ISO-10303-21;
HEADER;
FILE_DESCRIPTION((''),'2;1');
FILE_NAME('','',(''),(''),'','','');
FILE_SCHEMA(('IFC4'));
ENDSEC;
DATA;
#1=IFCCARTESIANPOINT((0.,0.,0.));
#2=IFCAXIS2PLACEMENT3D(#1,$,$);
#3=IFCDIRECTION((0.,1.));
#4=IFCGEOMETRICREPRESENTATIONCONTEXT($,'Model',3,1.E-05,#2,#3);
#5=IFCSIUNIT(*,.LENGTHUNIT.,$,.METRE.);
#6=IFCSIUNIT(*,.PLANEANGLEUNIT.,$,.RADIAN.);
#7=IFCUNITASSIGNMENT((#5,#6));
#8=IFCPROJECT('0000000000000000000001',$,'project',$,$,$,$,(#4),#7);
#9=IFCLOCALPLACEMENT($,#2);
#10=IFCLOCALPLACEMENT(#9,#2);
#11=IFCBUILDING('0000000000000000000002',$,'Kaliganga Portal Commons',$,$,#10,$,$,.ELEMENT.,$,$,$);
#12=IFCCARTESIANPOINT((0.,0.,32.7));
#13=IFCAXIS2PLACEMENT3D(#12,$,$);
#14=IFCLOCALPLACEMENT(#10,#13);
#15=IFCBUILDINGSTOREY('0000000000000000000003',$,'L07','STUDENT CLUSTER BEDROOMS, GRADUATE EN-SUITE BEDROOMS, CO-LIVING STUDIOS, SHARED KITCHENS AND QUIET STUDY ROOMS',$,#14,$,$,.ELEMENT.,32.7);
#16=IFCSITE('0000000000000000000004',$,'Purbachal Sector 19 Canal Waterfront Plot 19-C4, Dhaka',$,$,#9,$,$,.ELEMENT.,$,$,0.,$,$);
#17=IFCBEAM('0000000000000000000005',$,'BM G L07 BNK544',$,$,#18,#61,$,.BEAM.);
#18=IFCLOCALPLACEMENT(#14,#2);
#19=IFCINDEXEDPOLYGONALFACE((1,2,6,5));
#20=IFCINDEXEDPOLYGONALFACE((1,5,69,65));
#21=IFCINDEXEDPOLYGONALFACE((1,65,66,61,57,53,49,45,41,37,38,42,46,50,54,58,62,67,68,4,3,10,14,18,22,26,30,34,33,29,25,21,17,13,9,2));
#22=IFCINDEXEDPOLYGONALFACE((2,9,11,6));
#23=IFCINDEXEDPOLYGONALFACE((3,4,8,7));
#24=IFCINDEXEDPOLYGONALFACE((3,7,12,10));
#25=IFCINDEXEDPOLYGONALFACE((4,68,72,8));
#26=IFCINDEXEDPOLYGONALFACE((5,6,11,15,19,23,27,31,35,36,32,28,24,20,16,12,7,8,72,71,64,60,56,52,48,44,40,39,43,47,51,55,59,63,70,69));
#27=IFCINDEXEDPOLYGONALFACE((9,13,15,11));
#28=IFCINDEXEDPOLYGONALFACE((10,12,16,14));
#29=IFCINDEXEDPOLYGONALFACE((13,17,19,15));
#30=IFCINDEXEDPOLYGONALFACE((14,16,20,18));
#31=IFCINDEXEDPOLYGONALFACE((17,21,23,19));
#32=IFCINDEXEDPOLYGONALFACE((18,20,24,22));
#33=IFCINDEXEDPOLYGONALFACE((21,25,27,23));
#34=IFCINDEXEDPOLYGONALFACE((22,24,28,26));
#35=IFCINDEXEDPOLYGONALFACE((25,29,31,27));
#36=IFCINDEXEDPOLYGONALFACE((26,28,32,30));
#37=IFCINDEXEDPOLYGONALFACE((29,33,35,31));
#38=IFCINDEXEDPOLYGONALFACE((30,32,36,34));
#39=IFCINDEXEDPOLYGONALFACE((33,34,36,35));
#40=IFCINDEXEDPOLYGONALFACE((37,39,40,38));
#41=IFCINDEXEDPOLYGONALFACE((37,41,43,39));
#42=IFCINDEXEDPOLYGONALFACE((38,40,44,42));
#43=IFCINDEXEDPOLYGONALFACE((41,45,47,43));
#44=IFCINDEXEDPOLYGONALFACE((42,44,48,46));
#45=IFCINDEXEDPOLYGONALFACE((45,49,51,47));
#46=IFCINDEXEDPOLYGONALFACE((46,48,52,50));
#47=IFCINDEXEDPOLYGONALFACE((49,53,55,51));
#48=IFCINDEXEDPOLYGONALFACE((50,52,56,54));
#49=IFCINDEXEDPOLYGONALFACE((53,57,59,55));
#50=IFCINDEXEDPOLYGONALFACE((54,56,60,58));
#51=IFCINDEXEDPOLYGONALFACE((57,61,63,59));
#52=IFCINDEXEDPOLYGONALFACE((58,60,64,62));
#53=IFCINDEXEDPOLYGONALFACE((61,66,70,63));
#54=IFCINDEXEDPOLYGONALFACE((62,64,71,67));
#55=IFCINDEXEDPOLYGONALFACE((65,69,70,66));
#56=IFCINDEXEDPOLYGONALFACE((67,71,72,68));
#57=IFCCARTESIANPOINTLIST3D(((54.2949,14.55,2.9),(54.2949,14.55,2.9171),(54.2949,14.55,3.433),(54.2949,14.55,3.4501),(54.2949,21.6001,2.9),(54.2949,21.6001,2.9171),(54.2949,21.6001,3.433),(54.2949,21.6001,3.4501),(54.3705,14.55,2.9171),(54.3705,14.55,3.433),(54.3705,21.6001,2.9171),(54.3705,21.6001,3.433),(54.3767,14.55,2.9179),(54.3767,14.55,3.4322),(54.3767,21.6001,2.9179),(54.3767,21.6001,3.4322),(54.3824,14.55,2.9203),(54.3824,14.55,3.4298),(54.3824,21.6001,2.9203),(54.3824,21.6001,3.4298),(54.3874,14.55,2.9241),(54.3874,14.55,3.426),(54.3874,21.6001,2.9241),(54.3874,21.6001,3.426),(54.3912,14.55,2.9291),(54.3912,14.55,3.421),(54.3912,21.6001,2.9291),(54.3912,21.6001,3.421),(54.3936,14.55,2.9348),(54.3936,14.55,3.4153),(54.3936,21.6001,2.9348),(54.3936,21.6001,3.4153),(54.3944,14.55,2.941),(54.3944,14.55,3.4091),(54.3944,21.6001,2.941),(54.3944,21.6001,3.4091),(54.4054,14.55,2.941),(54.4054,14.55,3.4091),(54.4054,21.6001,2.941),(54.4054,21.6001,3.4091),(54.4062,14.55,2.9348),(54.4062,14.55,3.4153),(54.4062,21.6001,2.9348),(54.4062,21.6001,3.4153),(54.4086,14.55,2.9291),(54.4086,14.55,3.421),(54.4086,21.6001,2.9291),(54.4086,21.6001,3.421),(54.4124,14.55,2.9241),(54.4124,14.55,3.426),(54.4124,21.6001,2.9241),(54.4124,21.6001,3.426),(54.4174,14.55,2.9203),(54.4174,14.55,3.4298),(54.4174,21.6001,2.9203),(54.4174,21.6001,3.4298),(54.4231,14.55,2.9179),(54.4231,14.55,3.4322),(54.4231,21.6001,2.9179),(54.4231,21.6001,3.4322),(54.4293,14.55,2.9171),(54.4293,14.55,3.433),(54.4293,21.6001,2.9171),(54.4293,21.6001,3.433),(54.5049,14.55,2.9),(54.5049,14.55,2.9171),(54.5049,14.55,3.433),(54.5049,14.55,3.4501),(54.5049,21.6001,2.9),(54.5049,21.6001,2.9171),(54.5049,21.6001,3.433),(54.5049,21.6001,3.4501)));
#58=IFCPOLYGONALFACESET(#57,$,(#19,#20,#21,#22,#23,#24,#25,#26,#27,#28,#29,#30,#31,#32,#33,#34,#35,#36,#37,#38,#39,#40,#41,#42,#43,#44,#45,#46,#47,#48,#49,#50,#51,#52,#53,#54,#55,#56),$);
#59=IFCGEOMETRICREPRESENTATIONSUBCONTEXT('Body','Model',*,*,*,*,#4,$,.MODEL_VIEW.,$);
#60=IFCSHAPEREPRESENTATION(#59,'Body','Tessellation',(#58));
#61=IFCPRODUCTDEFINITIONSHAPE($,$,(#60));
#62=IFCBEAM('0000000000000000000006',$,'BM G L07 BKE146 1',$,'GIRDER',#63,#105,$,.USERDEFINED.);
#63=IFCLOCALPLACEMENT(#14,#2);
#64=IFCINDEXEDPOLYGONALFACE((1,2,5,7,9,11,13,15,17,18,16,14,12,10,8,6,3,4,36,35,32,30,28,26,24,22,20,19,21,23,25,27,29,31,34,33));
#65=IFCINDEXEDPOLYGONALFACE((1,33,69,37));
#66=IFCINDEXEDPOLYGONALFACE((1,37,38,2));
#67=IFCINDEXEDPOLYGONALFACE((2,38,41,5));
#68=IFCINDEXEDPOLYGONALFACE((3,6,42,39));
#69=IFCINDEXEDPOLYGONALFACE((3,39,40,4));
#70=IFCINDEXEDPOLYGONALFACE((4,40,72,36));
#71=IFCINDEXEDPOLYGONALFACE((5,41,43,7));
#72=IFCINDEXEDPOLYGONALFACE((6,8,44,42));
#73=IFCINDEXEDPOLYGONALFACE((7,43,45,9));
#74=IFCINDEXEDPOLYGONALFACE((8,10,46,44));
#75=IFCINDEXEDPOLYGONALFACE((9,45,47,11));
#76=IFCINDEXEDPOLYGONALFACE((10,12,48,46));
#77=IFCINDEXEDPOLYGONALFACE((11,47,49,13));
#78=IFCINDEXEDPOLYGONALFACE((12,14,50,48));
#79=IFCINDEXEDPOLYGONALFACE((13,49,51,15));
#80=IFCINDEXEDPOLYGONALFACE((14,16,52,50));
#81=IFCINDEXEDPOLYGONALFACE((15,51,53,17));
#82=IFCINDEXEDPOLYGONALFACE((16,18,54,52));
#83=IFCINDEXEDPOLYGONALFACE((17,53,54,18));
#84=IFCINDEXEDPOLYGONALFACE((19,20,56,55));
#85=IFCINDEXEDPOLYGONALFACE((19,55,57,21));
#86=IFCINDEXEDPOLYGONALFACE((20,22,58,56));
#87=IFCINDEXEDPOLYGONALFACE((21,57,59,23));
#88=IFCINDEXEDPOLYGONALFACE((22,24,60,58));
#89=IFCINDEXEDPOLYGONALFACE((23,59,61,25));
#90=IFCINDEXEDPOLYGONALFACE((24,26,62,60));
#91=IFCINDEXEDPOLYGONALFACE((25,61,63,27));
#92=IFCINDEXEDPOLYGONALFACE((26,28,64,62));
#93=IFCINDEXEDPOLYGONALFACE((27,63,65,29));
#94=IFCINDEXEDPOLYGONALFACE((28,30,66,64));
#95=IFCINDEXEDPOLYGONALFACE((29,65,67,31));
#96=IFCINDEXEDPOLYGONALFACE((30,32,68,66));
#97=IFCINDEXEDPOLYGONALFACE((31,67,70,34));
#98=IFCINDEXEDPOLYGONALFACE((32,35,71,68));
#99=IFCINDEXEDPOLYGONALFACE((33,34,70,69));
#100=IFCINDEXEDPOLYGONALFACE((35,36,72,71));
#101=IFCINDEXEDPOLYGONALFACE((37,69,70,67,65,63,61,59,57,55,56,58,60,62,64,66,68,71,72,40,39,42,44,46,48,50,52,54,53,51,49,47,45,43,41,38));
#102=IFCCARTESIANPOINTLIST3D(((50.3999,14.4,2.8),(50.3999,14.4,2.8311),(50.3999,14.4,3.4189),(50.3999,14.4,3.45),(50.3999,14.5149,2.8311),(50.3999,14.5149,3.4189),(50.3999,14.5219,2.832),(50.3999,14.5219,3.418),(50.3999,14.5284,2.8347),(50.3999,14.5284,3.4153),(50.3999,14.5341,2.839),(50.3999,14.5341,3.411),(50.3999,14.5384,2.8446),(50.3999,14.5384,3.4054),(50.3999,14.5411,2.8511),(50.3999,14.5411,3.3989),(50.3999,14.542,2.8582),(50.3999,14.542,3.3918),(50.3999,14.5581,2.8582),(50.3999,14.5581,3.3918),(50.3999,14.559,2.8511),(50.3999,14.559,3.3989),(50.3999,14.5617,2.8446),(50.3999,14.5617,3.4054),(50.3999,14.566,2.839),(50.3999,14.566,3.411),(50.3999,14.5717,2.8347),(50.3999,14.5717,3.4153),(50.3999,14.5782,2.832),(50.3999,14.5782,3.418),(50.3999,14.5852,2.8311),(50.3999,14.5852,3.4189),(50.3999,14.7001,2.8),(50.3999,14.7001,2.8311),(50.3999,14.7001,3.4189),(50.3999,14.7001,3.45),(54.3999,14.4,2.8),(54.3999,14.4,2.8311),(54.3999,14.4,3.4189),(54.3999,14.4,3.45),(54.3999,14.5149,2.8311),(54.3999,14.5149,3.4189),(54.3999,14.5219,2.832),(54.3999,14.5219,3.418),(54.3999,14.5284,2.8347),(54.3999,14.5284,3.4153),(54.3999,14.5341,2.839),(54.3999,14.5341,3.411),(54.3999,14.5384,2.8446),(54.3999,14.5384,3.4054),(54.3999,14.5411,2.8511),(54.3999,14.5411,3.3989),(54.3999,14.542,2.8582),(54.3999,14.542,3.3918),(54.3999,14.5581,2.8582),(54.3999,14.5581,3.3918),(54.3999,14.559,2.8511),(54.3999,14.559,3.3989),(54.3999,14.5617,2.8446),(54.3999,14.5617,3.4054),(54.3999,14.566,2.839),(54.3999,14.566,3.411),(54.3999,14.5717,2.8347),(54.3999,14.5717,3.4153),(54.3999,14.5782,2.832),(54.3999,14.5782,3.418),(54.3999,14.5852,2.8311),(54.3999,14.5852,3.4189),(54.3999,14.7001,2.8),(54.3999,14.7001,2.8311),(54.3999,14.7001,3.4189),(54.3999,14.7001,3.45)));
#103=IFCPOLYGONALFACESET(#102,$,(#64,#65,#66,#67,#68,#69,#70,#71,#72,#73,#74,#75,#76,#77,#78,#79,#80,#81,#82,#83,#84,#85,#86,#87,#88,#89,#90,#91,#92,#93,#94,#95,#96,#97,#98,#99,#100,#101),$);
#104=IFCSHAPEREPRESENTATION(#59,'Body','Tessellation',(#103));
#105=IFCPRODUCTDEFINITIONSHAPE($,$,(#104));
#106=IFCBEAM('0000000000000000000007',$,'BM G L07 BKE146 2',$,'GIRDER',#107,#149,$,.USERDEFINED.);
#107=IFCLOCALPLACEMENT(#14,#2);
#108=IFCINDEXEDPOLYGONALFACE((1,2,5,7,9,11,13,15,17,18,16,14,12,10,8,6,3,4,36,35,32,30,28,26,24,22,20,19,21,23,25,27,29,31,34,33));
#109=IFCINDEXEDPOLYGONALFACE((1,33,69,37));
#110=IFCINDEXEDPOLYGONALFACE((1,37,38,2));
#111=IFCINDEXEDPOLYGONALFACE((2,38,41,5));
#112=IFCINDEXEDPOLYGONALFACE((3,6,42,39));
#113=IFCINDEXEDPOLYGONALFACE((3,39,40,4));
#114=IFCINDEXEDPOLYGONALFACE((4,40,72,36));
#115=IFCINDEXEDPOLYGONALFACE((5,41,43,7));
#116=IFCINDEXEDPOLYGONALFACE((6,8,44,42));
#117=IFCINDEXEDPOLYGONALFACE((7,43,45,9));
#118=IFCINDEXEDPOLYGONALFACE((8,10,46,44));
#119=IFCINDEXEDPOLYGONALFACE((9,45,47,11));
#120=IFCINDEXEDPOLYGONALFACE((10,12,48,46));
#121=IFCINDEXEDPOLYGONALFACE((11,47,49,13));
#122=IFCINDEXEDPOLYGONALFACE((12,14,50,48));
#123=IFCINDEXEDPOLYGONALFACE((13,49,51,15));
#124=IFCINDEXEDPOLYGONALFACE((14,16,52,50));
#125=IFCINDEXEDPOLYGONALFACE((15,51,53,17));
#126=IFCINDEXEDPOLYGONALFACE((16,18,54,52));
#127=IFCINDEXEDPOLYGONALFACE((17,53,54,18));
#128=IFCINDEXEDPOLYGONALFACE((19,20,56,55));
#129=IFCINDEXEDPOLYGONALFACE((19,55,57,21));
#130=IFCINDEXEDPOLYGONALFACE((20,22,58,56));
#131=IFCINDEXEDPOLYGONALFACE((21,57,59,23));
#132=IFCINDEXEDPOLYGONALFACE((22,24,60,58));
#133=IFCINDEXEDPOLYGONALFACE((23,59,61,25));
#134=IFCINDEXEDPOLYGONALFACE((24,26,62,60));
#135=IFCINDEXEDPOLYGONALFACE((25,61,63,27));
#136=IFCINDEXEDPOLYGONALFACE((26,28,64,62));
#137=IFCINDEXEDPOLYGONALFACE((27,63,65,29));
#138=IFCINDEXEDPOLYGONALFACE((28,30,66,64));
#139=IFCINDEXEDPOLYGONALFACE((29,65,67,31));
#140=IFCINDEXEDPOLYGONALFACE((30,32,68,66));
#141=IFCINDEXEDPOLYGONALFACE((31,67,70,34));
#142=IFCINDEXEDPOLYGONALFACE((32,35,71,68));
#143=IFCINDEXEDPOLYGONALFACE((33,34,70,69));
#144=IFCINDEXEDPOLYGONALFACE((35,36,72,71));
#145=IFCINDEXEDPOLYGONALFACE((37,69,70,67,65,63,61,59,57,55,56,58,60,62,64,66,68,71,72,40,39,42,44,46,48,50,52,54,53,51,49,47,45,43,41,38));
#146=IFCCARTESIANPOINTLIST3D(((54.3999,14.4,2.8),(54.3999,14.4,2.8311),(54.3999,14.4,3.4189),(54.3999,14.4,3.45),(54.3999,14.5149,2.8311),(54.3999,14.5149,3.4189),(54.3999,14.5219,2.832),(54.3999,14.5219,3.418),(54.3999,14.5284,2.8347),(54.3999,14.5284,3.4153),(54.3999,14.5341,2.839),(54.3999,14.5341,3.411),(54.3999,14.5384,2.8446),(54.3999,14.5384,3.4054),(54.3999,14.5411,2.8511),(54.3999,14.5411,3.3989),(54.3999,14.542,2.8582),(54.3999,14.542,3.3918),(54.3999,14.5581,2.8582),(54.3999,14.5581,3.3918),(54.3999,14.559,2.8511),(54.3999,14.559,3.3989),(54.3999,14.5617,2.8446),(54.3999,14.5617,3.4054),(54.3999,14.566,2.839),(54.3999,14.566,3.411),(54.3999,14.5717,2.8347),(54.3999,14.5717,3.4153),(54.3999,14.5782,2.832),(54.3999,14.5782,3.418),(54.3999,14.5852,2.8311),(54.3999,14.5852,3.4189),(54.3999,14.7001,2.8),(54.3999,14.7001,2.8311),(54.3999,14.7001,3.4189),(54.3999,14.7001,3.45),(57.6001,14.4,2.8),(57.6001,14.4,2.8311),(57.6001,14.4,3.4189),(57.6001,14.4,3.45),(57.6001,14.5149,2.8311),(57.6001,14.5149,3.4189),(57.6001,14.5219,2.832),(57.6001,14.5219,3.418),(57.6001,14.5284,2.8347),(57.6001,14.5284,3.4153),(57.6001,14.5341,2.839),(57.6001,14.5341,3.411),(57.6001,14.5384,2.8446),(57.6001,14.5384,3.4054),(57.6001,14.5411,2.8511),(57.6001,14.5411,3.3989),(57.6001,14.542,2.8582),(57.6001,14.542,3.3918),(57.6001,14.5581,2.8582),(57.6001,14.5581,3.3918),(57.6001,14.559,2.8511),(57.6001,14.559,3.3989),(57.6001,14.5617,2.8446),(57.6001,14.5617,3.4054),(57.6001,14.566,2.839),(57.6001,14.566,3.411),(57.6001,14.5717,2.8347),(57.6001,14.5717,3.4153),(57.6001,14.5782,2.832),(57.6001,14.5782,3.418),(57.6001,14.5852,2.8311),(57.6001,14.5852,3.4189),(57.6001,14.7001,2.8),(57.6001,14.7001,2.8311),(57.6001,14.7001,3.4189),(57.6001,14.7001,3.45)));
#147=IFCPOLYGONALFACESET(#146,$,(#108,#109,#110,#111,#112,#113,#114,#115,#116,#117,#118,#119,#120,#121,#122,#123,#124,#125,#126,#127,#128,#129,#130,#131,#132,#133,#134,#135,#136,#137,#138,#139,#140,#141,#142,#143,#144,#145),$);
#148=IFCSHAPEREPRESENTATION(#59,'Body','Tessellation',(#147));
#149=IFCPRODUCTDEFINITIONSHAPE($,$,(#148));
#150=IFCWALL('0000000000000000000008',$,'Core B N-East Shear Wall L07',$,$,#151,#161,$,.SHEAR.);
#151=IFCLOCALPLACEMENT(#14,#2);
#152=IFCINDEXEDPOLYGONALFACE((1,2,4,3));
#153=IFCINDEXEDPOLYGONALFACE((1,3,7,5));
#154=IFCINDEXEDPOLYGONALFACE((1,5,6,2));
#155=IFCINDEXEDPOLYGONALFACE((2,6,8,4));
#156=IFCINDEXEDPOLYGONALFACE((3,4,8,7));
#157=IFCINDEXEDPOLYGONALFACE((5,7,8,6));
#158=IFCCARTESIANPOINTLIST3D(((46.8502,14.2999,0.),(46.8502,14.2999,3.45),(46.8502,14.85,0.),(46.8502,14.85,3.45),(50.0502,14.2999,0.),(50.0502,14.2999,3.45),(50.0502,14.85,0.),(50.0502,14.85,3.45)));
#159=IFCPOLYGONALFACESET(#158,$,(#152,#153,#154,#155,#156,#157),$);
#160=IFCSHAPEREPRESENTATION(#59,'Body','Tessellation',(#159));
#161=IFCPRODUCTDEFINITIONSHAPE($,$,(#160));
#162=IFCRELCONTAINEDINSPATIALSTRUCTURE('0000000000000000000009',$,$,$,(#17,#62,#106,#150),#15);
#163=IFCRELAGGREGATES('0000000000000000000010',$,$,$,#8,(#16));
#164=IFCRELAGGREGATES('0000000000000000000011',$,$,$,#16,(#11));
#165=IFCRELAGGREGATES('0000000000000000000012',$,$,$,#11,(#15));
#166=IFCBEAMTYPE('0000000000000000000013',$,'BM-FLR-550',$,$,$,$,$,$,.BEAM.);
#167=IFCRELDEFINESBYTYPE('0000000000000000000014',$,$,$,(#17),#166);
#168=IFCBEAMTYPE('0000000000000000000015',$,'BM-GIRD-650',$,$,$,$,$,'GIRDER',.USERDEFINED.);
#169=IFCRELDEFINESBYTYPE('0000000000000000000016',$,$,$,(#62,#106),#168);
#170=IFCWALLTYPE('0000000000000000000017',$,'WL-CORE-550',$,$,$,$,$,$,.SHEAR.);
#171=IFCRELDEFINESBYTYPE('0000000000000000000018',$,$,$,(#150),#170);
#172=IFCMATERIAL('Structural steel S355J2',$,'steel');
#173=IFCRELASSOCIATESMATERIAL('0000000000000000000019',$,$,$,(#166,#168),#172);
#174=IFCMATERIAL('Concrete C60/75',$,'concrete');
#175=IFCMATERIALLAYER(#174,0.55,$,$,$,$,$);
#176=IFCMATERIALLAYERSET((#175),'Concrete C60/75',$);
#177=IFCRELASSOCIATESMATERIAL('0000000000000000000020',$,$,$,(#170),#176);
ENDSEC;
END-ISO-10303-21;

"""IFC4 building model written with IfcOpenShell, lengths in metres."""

from ifc_helpers import new_model, si_unit, direction, frame, frame_2d, origin, origin_2d, place, context, subcontext, project, spatial, rectangle, i_section, extrude, source, transform, mapped, material, layer, layer_set, material_profile, profile_set, type_object, element, save


model = new_model("IFC4")

# Units and contexts
model_context = context("Model", 3, precision=1e-05, world=origin(), true_north=direction((0.0, 1.0)))
body_context = subcontext(model_context, "Body", "Model", "MODEL_VIEW")
ifc_project = project(units=[si_unit("LENGTHUNIT", "METRE"), si_unit("PLANEANGLEUNIT", "RADIAN")], contexts=[model_context])

# Site, building, storey
site_placement = place(None, origin())
site = spatial("IfcSite", under=ifc_project, at=site_placement, Name="Purbachal Sector 19 Canal Waterfront Plot 19-C4, Dhaka", CompositionType="ELEMENT", RefElevation=0.0)
building_placement = place(site_placement, origin())
building = spatial("IfcBuilding", under=site, at=building_placement, Name="Kaliganga Portal Commons", CompositionType="ELEMENT")
storey_placement = place(building_placement, frame((0.0, 0.0, 32.7)))
storey = spatial("IfcBuildingStorey", under=building, at=storey_placement, Name="L07", Description="STUDENT CLUSTER BEDROOMS, GRADUATE EN-SUITE BEDROOMS, CO-LIVING STUDIOS, SHARED KITCHENS AND QUIET STUDY ROOMS", CompositionType="ELEMENT", Elevation=32.7)

# Beams
ifc_material_1 = material(Name="Structural steel S355J2", Category="steel")
ifc_material_profile_1 = material_profile(ifc_material_1, i_section(OverallWidth=0.21, OverallDepth=0.55, WebThickness=0.011, FlangeThickness=0.0171, FilletRadius=0.0239, at=origin_2d()), Name="IPE 550")
ifc_profile_set_1 = profile_set([ifc_material_profile_1], Name="Structural steel S355J2 wide-flange")
beam_type_1 = type_object("IfcBeamType", Name="BM-FLR-550", PredefinedType="BEAM", material=ifc_profile_set_1)
shared_shape_1 = source(origin(), body_context, "Body", "SweptSolid", [
    extrude(i_section(OverallWidth=0.21, OverallDepth=0.55, WebThickness=0.011, FlangeThickness=0.0171, FilletRadius=0.0239, at=origin_2d()), origin(), (0.0, 0.0, 1.0), 7.05),
])
for number, where, z_axis, x_axis, name in (
    (1, (54.3999, 14.55, 3.175), (0.0, 1.0, 0.0), (-1.0, 0.0, 0.0), "BM G L07 BNK544"),
):
    element("IfcBeam", number, at=place(storey_placement, frame(where, z_axis=z_axis, x_axis=x_axis)), inside=storey, type_object=beam_type_1, Name=name, PredefinedType="BEAM", context=body_context, shape_type="MappedRepresentation", body=[
        mapped(shared_shape_1, transform((0.0, 0.0, 0.0), x_axis=(1.0, 0.0, 0.0), y_axis=(0.0, 1.0, 0.0), z_axis=(0.0, 0.0, 1.0), scale=1.0)),
    ])
ifc_material_profile_2 = material_profile(ifc_material_1, i_section(OverallWidth=0.3, OverallDepth=0.6499, WebThickness=0.0161, FlangeThickness=0.031, FilletRadius=0.0271, at=origin_2d()), Name="HE 650 B")
ifc_profile_set_2 = profile_set([ifc_material_profile_2], Name="Structural steel S355J2 wide-flange")
beam_type_2 = type_object("IfcBeamType", Name="BM-GIRD-650", ElementType="GIRDER", PredefinedType="USERDEFINED", material=ifc_profile_set_2)
shared_shape_2 = source(origin(), body_context, "Body", "SweptSolid", [
    extrude(i_section(OverallWidth=0.3, OverallDepth=0.6499, WebThickness=0.0161, FlangeThickness=0.031, FilletRadius=0.0271, at=origin_2d()), origin(), (0.0, 0.0, 1.0), 4.0),
])
beam_1_placement = place(storey_placement, frame((50.3999, 14.55, 3.125), z_axis=(1.0, 0.0, 0.0), x_axis=(0.0, 1.0, 0.0)))
element("IfcBeam", 2, at=beam_1_placement, inside=storey, type_object=beam_type_2, Name="BM G L07 BKE146 1", ObjectType="GIRDER", PredefinedType="USERDEFINED", context=body_context, shape_type="MappedRepresentation", body=[
    mapped(shared_shape_2, transform((0.0, 0.0, 0.0), x_axis=(1.0, 0.0, 0.0), y_axis=(0.0, 1.0, 0.0), z_axis=(0.0, 0.0, 1.0), scale=1.0)),
])
shared_shape_3 = source(origin(), body_context, "Body", "SweptSolid", [
    extrude(i_section(OverallWidth=0.3, OverallDepth=0.6499, WebThickness=0.0161, FlangeThickness=0.031, FilletRadius=0.0271, at=origin_2d()), origin(), (0.0, 0.0, 1.0), 3.2002),
])
beam_2_placement = place(storey_placement, frame((54.3999, 14.55, 3.125), z_axis=(1.0, 0.0, 0.0), x_axis=(0.0, 1.0, 0.0)))
element("IfcBeam", 3, at=beam_2_placement, inside=storey, type_object=beam_type_2, Name="BM G L07 BKE146 2", ObjectType="GIRDER", PredefinedType="USERDEFINED", context=body_context, shape_type="MappedRepresentation", body=[
    mapped(shared_shape_3, transform((0.0, 0.0, 0.0), x_axis=(1.0, 0.0, 0.0), y_axis=(0.0, 1.0, 0.0), z_axis=(0.0, 0.0, 1.0), scale=1.0)),
])

# Wall
ifc_material_2 = material(Name="Concrete C60/75", Category="concrete")
ifc_layer_1 = layer(ifc_material_2, 0.55)
ifc_layer_set_1 = layer_set([ifc_layer_1], Name="Concrete C60/75")
wall_type_1 = type_object("IfcWallType", Name="WL-CORE-550", PredefinedType="SHEAR", material=ifc_layer_set_1)
wall_1_placement = place(storey_placement, frame((46.8501, 14.575, 0.0), z_axis=(0.0, 0.0, 1.0), x_axis=(1.0, 0.0, 0.0)))
element("IfcWall", 4, at=wall_1_placement, inside=storey, type_object=wall_type_1, Name="Core B N-East Shear Wall L07", PredefinedType="SHEAR", context=body_context, shape_type="SweptSolid", body=[
    extrude(rectangle(XDim=3.2, YDim=0.55, at=frame_2d((1.6001, 0.0))), origin(), (0.0, 0.0, 1.0), 3.45),
])

save(model, "model.ifc")
